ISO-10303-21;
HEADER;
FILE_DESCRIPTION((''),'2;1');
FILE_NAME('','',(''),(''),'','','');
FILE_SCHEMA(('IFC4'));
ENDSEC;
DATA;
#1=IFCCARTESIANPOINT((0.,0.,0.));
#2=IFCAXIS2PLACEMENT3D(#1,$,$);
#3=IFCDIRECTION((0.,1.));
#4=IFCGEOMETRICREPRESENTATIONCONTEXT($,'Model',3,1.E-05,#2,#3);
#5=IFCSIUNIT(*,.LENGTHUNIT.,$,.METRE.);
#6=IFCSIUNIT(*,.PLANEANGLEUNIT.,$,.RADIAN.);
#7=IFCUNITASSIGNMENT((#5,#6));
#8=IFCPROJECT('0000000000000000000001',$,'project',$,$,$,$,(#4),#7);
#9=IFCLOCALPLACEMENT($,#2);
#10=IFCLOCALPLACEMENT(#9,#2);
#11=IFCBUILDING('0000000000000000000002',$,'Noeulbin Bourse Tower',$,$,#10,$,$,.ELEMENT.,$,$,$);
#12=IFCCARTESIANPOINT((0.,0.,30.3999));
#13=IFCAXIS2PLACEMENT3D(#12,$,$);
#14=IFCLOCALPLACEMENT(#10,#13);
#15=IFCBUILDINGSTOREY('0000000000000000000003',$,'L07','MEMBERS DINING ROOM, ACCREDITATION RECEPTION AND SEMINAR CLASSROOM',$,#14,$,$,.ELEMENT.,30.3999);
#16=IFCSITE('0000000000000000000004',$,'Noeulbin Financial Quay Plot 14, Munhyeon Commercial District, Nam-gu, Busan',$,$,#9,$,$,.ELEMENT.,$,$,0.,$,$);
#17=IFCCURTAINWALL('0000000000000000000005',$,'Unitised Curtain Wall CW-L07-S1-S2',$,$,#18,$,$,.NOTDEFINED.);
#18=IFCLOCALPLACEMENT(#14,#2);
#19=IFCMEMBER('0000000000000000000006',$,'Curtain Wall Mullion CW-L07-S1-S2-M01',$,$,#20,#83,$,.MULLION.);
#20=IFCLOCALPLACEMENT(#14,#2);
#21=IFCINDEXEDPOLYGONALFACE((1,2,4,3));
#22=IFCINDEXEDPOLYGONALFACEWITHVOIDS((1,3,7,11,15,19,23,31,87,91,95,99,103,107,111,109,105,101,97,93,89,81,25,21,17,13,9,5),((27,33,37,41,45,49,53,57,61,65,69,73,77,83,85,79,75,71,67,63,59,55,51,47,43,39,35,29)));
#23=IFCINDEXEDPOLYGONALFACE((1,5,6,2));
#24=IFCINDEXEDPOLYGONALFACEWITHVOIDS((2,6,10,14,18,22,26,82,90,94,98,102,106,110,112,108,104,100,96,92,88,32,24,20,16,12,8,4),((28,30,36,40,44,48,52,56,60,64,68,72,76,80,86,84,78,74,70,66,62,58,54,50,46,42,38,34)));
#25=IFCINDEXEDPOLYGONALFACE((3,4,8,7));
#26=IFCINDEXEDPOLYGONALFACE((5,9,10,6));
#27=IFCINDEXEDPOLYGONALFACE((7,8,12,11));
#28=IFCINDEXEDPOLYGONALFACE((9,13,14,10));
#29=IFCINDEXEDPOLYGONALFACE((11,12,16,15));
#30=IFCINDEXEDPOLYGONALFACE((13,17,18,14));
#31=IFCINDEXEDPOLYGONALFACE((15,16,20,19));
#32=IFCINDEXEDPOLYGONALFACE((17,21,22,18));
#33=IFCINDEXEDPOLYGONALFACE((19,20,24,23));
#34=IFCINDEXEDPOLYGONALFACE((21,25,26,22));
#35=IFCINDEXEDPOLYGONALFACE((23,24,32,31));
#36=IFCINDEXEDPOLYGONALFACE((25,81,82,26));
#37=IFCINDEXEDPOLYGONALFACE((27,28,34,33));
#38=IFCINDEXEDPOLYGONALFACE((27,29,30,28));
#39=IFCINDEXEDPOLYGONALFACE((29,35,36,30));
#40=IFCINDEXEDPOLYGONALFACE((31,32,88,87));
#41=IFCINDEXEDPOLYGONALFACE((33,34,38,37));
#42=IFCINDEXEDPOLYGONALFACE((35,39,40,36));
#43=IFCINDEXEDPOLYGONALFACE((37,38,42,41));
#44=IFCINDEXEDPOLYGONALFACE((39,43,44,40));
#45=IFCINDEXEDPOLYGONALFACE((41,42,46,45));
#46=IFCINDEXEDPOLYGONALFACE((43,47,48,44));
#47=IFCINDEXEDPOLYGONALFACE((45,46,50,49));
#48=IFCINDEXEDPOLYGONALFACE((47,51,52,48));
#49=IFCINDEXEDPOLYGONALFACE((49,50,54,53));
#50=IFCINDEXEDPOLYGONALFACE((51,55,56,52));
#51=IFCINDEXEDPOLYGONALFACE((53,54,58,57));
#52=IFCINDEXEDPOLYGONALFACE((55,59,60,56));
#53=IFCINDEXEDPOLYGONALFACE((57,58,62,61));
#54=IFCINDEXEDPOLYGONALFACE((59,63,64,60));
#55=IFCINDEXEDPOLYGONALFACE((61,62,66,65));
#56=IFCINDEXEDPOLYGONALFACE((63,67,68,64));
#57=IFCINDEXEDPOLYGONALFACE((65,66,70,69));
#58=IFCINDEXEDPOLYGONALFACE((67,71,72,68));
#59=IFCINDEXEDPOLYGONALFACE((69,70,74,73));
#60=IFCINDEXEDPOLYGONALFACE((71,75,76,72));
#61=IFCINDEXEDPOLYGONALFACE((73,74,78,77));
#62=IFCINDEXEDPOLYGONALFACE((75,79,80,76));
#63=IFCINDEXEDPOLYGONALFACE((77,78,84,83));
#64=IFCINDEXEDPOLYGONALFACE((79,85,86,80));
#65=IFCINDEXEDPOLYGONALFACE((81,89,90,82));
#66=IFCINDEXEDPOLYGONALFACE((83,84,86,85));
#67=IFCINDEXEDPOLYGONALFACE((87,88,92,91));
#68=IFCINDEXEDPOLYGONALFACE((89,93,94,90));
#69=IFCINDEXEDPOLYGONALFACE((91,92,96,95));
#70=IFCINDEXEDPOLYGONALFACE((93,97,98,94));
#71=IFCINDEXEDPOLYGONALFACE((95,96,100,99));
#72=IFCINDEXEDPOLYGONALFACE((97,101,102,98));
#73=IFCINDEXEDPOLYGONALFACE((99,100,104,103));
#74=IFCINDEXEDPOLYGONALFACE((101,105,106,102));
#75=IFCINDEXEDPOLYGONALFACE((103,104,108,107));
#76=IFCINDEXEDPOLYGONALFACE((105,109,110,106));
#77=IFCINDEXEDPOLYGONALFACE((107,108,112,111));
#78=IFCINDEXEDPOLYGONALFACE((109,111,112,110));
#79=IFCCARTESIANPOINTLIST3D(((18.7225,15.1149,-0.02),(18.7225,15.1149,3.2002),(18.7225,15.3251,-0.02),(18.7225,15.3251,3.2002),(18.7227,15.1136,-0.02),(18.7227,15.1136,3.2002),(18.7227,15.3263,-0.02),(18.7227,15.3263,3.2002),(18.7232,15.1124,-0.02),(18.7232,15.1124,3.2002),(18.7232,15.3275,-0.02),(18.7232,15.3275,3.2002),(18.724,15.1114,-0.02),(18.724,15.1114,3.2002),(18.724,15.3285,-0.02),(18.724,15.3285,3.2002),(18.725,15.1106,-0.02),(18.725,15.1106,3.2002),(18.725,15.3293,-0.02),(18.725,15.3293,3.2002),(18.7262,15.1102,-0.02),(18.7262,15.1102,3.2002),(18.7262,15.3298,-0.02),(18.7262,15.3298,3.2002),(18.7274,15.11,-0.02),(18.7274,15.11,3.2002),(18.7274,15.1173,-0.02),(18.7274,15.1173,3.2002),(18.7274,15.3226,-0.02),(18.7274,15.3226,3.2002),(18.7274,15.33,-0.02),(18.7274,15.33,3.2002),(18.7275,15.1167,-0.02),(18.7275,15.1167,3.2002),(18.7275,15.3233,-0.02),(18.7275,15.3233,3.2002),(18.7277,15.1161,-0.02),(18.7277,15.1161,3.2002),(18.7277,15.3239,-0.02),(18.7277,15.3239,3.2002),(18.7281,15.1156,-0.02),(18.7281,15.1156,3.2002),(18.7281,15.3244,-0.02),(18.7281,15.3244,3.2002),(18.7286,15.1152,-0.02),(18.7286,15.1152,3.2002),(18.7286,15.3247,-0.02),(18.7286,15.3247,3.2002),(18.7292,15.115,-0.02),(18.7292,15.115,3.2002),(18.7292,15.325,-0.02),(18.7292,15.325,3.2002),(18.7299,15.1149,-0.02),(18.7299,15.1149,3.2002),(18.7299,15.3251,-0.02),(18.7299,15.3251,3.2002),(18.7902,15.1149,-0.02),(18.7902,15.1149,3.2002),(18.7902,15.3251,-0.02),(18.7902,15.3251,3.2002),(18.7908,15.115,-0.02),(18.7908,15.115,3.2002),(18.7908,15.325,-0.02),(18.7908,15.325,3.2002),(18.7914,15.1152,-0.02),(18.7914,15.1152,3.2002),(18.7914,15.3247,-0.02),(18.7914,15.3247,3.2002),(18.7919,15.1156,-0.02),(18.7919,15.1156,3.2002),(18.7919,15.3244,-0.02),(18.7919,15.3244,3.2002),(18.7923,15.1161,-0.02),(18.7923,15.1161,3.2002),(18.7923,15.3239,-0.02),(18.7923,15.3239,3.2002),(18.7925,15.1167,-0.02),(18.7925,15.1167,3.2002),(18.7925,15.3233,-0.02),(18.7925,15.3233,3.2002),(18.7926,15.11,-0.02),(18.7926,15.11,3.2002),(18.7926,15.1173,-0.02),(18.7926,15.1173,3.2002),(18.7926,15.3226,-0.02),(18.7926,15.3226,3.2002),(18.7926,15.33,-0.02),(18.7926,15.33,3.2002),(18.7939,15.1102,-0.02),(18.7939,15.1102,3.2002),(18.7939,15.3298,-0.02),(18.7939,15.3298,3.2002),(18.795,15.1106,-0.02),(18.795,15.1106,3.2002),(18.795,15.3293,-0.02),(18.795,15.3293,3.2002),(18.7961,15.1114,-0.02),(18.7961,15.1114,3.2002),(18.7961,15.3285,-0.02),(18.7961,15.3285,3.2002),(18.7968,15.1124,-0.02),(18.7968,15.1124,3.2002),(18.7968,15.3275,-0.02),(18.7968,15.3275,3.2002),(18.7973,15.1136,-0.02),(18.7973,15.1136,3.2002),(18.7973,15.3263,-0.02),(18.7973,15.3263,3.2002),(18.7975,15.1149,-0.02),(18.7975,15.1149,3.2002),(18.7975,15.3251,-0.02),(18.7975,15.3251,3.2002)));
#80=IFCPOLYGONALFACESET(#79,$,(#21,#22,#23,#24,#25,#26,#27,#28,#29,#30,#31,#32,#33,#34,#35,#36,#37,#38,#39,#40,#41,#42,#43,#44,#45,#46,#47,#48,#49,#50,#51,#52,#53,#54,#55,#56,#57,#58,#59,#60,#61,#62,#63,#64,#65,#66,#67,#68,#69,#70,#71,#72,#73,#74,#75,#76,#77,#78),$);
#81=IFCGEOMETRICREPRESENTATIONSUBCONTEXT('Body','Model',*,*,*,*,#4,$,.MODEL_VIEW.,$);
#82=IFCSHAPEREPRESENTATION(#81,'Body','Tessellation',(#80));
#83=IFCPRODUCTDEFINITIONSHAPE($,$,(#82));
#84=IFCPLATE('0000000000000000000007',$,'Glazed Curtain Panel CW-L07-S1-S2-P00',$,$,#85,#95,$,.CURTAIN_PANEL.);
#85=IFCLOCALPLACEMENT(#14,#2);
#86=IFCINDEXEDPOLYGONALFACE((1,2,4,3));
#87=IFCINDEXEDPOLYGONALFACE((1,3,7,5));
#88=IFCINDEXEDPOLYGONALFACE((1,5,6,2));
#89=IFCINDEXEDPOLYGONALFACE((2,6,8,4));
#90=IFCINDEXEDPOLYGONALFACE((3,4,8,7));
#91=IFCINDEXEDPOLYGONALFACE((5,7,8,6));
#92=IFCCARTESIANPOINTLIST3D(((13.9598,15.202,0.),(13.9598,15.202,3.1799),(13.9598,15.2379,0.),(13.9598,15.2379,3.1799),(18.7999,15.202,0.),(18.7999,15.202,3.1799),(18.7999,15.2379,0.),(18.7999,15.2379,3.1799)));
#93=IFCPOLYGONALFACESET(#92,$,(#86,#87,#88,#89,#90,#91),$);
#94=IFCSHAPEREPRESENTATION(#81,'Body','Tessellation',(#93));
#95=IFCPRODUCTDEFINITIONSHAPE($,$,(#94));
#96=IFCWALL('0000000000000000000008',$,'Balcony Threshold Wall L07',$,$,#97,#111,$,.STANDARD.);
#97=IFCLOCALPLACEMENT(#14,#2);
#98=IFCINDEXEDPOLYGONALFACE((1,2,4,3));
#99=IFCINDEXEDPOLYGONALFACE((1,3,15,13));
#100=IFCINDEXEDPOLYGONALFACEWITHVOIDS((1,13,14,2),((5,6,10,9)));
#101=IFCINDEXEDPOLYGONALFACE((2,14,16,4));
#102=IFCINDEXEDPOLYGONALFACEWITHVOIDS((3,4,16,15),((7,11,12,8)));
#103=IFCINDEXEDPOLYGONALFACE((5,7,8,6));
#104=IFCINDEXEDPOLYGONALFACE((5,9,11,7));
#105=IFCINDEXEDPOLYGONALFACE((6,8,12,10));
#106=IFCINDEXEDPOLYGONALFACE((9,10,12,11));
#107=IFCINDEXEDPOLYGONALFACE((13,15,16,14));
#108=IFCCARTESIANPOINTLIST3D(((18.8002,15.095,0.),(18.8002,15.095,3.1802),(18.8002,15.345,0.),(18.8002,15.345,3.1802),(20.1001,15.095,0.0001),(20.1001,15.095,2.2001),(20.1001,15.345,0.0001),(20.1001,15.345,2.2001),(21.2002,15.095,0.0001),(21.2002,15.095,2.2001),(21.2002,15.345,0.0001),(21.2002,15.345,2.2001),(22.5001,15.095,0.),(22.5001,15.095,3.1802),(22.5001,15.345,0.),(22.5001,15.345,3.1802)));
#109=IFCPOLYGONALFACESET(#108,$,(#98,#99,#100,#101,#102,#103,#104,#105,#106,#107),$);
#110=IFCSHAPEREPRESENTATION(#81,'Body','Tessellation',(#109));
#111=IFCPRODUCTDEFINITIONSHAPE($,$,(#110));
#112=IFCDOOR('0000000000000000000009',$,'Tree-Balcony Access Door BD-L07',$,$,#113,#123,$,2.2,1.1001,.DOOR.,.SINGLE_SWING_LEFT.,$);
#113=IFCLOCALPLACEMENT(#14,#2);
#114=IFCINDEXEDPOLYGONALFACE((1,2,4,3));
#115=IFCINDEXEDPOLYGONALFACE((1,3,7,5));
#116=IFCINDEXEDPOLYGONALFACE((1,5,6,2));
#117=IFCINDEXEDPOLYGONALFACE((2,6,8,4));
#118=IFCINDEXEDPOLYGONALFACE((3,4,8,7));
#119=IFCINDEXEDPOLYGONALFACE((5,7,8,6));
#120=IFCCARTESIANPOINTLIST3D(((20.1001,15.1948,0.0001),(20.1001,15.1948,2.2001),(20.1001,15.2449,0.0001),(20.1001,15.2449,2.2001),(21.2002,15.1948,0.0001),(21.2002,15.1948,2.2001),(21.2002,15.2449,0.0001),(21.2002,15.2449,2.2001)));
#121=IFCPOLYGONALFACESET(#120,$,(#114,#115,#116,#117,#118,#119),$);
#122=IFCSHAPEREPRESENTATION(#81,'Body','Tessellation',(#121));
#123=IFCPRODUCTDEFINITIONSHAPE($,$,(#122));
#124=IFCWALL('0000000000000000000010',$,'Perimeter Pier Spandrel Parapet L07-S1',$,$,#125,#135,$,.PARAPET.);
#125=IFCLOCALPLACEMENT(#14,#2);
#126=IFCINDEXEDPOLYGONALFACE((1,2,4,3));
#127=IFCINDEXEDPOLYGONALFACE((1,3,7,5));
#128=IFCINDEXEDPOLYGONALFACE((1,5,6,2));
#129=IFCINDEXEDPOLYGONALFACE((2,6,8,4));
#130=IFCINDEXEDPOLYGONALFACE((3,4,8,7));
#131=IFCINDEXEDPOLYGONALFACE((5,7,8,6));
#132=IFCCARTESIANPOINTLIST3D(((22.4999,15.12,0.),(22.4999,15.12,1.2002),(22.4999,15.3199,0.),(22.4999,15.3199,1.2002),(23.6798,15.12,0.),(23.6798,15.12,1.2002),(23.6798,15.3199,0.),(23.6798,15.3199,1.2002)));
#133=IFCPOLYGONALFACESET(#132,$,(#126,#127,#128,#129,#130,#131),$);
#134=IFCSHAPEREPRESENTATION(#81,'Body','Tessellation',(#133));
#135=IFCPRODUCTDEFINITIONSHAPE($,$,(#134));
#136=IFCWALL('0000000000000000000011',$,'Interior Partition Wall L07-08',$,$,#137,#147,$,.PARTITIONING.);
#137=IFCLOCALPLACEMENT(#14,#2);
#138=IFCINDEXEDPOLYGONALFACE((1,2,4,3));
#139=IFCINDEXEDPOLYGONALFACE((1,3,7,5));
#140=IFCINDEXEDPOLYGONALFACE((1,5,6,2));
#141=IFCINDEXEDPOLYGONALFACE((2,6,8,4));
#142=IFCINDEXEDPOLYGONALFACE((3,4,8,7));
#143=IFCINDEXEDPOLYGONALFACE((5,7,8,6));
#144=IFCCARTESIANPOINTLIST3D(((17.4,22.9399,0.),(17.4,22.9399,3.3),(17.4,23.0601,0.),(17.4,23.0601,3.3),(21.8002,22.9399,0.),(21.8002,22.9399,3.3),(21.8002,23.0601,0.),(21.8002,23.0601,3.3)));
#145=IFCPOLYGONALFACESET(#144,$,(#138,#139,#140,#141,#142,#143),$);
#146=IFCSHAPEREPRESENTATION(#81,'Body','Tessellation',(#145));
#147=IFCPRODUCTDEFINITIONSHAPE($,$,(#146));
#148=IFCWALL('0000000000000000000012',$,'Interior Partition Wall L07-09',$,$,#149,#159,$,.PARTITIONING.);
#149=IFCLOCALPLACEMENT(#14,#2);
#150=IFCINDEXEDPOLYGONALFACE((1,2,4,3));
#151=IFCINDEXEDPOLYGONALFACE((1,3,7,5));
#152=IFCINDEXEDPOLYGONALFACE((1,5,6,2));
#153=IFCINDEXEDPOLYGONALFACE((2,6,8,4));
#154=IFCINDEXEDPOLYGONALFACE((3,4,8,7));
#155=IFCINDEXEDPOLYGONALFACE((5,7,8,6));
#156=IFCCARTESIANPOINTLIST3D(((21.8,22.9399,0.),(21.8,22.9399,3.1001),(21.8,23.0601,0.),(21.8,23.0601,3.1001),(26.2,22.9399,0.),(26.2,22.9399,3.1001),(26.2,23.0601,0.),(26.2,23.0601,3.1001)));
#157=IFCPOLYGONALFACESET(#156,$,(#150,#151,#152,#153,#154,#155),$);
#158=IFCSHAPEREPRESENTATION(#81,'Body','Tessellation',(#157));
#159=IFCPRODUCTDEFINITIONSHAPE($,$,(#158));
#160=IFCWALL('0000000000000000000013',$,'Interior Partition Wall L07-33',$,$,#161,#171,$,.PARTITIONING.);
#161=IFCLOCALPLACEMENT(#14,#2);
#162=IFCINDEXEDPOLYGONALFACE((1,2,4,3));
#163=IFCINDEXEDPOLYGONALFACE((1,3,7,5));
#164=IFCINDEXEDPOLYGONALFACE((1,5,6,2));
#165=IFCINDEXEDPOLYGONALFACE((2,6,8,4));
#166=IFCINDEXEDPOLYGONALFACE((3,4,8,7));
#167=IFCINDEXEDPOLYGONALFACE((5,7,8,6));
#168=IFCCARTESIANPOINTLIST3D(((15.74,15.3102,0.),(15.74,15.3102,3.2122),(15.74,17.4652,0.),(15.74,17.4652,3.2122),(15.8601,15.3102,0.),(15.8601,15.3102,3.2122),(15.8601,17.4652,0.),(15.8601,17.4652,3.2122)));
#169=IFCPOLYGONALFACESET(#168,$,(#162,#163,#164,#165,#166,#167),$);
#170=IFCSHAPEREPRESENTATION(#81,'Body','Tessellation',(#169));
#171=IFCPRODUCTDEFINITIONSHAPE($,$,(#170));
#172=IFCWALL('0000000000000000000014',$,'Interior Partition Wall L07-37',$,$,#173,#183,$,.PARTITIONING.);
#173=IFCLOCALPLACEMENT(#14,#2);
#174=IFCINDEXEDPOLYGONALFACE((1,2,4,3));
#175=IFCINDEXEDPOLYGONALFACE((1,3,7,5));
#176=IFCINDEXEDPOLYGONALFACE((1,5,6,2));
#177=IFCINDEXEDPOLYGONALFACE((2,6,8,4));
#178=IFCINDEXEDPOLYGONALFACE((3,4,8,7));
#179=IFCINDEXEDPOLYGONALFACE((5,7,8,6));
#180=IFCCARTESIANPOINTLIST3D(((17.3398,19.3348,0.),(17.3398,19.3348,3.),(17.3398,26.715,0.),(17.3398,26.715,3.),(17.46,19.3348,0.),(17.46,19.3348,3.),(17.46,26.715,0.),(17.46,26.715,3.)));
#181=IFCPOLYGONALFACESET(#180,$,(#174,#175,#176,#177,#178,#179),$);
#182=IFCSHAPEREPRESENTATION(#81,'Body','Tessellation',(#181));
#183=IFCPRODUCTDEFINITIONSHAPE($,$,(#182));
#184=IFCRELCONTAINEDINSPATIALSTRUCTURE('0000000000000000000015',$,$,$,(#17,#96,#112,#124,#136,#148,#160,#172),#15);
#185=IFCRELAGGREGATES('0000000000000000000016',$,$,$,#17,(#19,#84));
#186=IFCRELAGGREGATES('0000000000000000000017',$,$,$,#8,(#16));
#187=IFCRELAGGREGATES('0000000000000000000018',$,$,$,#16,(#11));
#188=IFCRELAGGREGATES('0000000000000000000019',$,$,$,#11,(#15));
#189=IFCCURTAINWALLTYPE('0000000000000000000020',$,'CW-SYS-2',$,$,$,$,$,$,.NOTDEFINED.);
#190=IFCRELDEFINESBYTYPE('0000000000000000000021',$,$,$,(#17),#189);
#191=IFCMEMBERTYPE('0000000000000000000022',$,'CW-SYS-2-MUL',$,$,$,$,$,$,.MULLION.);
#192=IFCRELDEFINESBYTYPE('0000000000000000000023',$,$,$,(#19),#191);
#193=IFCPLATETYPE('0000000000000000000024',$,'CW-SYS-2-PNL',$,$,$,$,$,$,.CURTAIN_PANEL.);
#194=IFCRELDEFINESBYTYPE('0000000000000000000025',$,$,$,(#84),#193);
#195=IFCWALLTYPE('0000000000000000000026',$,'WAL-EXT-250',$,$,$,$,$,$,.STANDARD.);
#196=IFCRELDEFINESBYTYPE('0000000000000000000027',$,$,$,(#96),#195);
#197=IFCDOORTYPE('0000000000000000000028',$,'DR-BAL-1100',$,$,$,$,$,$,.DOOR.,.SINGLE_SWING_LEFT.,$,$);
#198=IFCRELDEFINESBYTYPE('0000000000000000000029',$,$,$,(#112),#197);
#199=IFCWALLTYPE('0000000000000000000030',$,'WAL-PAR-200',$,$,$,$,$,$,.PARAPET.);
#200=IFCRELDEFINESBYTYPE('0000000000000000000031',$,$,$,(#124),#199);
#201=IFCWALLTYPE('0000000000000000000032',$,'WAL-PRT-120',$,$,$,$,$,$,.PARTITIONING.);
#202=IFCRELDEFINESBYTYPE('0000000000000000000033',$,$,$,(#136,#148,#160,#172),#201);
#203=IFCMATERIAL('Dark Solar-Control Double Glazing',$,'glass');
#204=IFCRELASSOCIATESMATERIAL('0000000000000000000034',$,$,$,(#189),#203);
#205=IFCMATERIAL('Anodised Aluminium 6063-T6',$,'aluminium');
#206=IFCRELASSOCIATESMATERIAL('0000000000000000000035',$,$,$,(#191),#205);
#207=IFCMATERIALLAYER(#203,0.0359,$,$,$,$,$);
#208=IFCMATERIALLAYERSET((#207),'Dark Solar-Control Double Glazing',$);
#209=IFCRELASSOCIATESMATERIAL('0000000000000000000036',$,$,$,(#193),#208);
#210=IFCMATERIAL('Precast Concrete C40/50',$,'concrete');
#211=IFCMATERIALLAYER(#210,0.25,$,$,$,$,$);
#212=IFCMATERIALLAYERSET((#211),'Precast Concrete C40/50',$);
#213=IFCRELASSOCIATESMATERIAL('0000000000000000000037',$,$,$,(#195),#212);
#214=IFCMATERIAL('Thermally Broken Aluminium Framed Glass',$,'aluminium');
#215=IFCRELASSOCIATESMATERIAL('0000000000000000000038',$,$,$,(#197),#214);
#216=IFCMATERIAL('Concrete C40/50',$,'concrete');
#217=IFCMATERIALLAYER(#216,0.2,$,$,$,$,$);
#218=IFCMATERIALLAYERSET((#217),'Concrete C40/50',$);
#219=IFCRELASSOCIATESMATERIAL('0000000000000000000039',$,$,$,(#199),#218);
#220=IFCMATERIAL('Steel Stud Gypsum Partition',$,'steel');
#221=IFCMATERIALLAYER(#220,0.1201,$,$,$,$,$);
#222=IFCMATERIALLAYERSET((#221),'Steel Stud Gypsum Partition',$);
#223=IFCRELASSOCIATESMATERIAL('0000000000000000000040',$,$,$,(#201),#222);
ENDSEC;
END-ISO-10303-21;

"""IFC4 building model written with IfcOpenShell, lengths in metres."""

from ifc_helpers import new_model, si_unit, direction, frame, frame_2d, origin, origin_2d, place, context, subcontext, project, spatial, rectangle, hollow_rectangle, extrude, material, layer, layer_set, material_profile, profile_set, type_object, element, fill, aggregate, save


model = new_model("IFC4")

# Units and contexts
model_context = context("Model", 3, precision=1e-05, world=origin(), true_north=direction((0.0, 1.0)))
body_context = subcontext(model_context, "Body", "Model", "MODEL_VIEW")
ifc_project = project(units=[si_unit("LENGTHUNIT", "METRE"), si_unit("PLANEANGLEUNIT", "RADIAN")], contexts=[model_context])

# Site, building, storey
site_placement = place(None, origin())
site = spatial("IfcSite", under=ifc_project, at=site_placement, Name="Noeulbin Financial Quay Plot 14, Munhyeon Commercial District, Nam-gu, Busan", CompositionType="ELEMENT", RefElevation=0.0)
building_placement = place(site_placement, origin())
building = spatial("IfcBuilding", under=site, at=building_placement, Name="Noeulbin Bourse Tower", CompositionType="ELEMENT")
storey_placement = place(building_placement, frame((0.0, 0.0, 30.3999)))
storey = spatial("IfcBuildingStorey", under=building, at=storey_placement, Name="L07", Description="MEMBERS DINING ROOM, ACCREDITATION RECEPTION AND SEMINAR CLASSROOM", CompositionType="ELEMENT", Elevation=30.3999)

# Curtain wall, member, plate
ifc_material_1 = material(Name="Dark Solar-Control Double Glazing", Category="glass")
curtain_wall_type = type_object("IfcCurtainWallType", Name="CW-SYS-2", PredefinedType="NOTDEFINED", material=ifc_material_1)
curtain_wall_placement = place(storey_placement, origin())
curtain_wall = element("IfcCurtainWall", 1, at=curtain_wall_placement, inside=storey, type_object=curtain_wall_type, Name="Unitised Curtain Wall CW-L07-S1-S2", PredefinedType="NOTDEFINED")
ifc_material_2 = material(Name="Anodised Aluminium 6063-T6", Category="aluminium")
ifc_material_profile_1 = material_profile(ifc_material_2, hollow_rectangle(XDim=0.075, YDim=0.22, WallThickness=0.0049, InnerFilletRadius=0.0024, OuterFilletRadius=0.0049, at=origin_2d()), Name="ALU-MULL-75x220x5", Category="LoadBearing")
ifc_profile_set_1 = profile_set([ifc_material_profile_1], Name="Anodised Aluminium 6063-T6")
member_type = type_object("IfcMemberType", Name="CW-SYS-2-MUL", PredefinedType="MULLION", material=ifc_profile_set_1)
member_placement = place(storey_placement, frame((18.76, 15.22, -0.02), z_axis=(0.0, 0.0, 1.0), x_axis=(1.0, 0.0, 0.0)))
member = element("IfcMember", 2, at=member_placement, type_object=member_type, Name="Curtain Wall Mullion CW-L07-S1-S2-M01", PredefinedType="MULLION", context=body_context, shape_type="SweptSolid", body=[
    extrude(hollow_rectangle(XDim=0.075, YDim=0.22, WallThickness=0.0049, InnerFilletRadius=0.0024, OuterFilletRadius=0.0049, at=origin_2d()), origin(), (0.0, 0.0, 1.0), 3.2202),
])
ifc_layer_1 = layer(ifc_material_1, 0.0359)
ifc_layer_set_1 = layer_set([ifc_layer_1], Name="Dark Solar-Control Double Glazing")
plate_type = type_object("IfcPlateType", Name="CW-SYS-2-PNL", PredefinedType="CURTAIN_PANEL", material=ifc_layer_set_1)
plate_placement = place(storey_placement, frame((16.3799, 15.22, 0.0), z_axis=(0.0, 0.0, 1.0), x_axis=(1.0, 0.0, 0.0)))
plate = element("IfcPlate", 3, at=plate_placement, type_object=plate_type, Name="Glazed Curtain Panel CW-L07-S1-S2-P00", PredefinedType="CURTAIN_PANEL", context=body_context, shape_type="SweptSolid", body=[
    extrude(rectangle(XDim=4.8401, YDim=0.0359, at=origin_2d()), origin(), (0.0, 0.0, 1.0), 3.1799),
])
aggregate(curtain_wall, [member, plate])

# Wall, opening, door
ifc_material_3 = material(Name="Precast Concrete C40/50", Category="concrete")
ifc_layer_2 = layer(ifc_material_3, 0.25)
ifc_layer_set_2 = layer_set([ifc_layer_2], Name="Precast Concrete C40/50")
wall_type_1 = type_object("IfcWallType", Name="WAL-EXT-250", PredefinedType="STANDARD", material=ifc_layer_set_2)
wall_1_placement = place(storey_placement, frame((18.8, 15.22, 0.0), z_axis=(0.0, 0.0, 1.0), x_axis=(1.0, 0.0, 0.0)))
wall_1 = element("IfcWall", 4, at=wall_1_placement, inside=storey, type_object=wall_type_1, Name="Balcony Threshold Wall L07", PredefinedType="STANDARD", context=body_context, shape_type="SweptSolid", body=[
    extrude(rectangle(XDim=3.7, YDim=0.25, at=frame_2d((1.8501, 0.0))), origin(), (0.0, 0.0, 1.0), 3.1802),
])
opening_placement = place(wall_1_placement, frame((1.3, 0.0, 0.0)))
opening = element("IfcOpeningElement", 5, at=opening_placement, cuts=wall_1, PredefinedType="OPENING", context=body_context, shape_type="SweptSolid", body=[
    extrude(rectangle(XDim=1.1001, YDim=2.2, at=frame_2d((0.55, 1.1001))), frame((0.0, 0.135, 0.0), z_axis=(0.0, -1.0, 0.0), x_axis=(1.0, 0.0, 0.0)), (0.0, 0.0, 1.0), 0.27),
])
ifc_material_4 = material(Name="Thermally Broken Aluminium Framed Glass", Category="aluminium")
door_type = type_object("IfcDoorType", Name="DR-BAL-1100", OperationType="SINGLE_SWING_LEFT", PredefinedType="DOOR", material=ifc_material_4)
door_placement = place(opening_placement, origin())
door = element("IfcDoor", 6, at=door_placement, inside=storey, type_object=door_type, Name="Tree-Balcony Access Door BD-L07", OperationType="SINGLE_SWING_LEFT", OverallHeight=2.2, OverallWidth=1.1001, PredefinedType="DOOR", context=body_context, shape_type="SweptSolid", body=[
    extrude(rectangle(XDim=1.1001, YDim=2.2, at=frame_2d((0.55, 1.1001))), frame((0.0, 0.0249, 0.0), z_axis=(0.0, -1.0, 0.0), x_axis=(1.0, 0.0, 0.0)), (0.0, 0.0, 1.0), 0.05),
])
fill(opening, door)

# Walls
ifc_material_5 = material(Name="Concrete C40/50", Category="concrete")
ifc_layer_3 = layer(ifc_material_5, 0.2)
ifc_layer_set_3 = layer_set([ifc_layer_3], Name="Concrete C40/50")
wall_type_2 = type_object("IfcWallType", Name="WAL-PAR-200", PredefinedType="PARAPET", material=ifc_layer_set_3)
wall_2_placement = place(storey_placement, frame((22.5, 15.22, 0.0), z_axis=(0.0, 0.0, 1.0), x_axis=(1.0, 0.0, 0.0)))
element("IfcWall", 7, at=wall_2_placement, inside=storey, type_object=wall_type_2, Name="Perimeter Pier Spandrel Parapet L07-S1", PredefinedType="PARAPET", context=body_context, shape_type="SweptSolid", body=[
    extrude(rectangle(XDim=1.1799, YDim=0.2, at=frame_2d((0.5898, 0.0))), origin(), (0.0, 0.0, 1.0), 1.2002),
])
ifc_material_6 = material(Name="Steel Stud Gypsum Partition", Category="steel")
ifc_layer_4 = layer(ifc_material_6, 0.1201)
ifc_layer_set_4 = layer_set([ifc_layer_4], Name="Steel Stud Gypsum Partition")
wall_type_3 = type_object("IfcWallType", Name="WAL-PRT-120", PredefinedType="PARTITIONING", material=ifc_layer_set_4)
wall_3_placement = place(storey_placement, frame((17.3999, 23.0, 0.0), z_axis=(0.0, 0.0, 1.0), x_axis=(1.0, 0.0, 0.0)))
element("IfcWall", 8, at=wall_3_placement, inside=storey, type_object=wall_type_3, Name="Interior Partition Wall L07-08", PredefinedType="PARTITIONING", context=body_context, shape_type="SweptSolid", body=[
    extrude(rectangle(XDim=4.4001, YDim=0.1201, at=frame_2d((2.2002, 0.0))), origin(), (0.0, 0.0, 1.0), 3.3),
])
wall_4_placement = place(storey_placement, frame((21.8, 23.0, 0.0), z_axis=(0.0, 0.0, 1.0), x_axis=(1.0, 0.0, 0.0)))
element("IfcWall", 9, at=wall_4_placement, inside=storey, type_object=wall_type_3, Name="Interior Partition Wall L07-09", PredefinedType="PARTITIONING", context=body_context, shape_type="SweptSolid", body=[
    extrude(rectangle(XDim=4.3999, YDim=0.1201, at=frame_2d((2.2, 0.0))), origin(), (0.0, 0.0, 1.0), 3.1001),
])
wall_5_placement = place(storey_placement, frame((15.8, 15.3101, 0.0), z_axis=(0.0, 0.0, 1.0), x_axis=(0.0, 1.0, 0.0)))
element("IfcWall", 10, at=wall_5_placement, inside=storey, type_object=wall_type_3, Name="Interior Partition Wall L07-33", PredefinedType="PARTITIONING", context=body_context, shape_type="SweptSolid", body=[
    extrude(rectangle(XDim=2.155, YDim=0.1201, at=frame_2d((1.0776, 0.0))), origin(), (0.0, 0.0, 1.0), 3.2122),
])
for number, where, z_axis, x_axis, name in (
    (11, (17.3999, 19.335, 0.0), (0.0, 0.0, 1.0), (0.0, 1.0, 0.0), "Interior Partition Wall L07-37"),
):
    element("IfcWall", number, at=place(storey_placement, frame(where, z_axis=z_axis, x_axis=x_axis)), inside=storey, type_object=wall_type_3, Name=name, PredefinedType="PARTITIONING", context=body_context, shape_type="SweptSolid", body=[
        extrude(rectangle(XDim=7.3801, YDim=0.1201, at=frame_2d((3.6899, 0.0))), origin(), (0.0, 0.0, 1.0), 3.0),
    ])

save(model, "model.ifc")
